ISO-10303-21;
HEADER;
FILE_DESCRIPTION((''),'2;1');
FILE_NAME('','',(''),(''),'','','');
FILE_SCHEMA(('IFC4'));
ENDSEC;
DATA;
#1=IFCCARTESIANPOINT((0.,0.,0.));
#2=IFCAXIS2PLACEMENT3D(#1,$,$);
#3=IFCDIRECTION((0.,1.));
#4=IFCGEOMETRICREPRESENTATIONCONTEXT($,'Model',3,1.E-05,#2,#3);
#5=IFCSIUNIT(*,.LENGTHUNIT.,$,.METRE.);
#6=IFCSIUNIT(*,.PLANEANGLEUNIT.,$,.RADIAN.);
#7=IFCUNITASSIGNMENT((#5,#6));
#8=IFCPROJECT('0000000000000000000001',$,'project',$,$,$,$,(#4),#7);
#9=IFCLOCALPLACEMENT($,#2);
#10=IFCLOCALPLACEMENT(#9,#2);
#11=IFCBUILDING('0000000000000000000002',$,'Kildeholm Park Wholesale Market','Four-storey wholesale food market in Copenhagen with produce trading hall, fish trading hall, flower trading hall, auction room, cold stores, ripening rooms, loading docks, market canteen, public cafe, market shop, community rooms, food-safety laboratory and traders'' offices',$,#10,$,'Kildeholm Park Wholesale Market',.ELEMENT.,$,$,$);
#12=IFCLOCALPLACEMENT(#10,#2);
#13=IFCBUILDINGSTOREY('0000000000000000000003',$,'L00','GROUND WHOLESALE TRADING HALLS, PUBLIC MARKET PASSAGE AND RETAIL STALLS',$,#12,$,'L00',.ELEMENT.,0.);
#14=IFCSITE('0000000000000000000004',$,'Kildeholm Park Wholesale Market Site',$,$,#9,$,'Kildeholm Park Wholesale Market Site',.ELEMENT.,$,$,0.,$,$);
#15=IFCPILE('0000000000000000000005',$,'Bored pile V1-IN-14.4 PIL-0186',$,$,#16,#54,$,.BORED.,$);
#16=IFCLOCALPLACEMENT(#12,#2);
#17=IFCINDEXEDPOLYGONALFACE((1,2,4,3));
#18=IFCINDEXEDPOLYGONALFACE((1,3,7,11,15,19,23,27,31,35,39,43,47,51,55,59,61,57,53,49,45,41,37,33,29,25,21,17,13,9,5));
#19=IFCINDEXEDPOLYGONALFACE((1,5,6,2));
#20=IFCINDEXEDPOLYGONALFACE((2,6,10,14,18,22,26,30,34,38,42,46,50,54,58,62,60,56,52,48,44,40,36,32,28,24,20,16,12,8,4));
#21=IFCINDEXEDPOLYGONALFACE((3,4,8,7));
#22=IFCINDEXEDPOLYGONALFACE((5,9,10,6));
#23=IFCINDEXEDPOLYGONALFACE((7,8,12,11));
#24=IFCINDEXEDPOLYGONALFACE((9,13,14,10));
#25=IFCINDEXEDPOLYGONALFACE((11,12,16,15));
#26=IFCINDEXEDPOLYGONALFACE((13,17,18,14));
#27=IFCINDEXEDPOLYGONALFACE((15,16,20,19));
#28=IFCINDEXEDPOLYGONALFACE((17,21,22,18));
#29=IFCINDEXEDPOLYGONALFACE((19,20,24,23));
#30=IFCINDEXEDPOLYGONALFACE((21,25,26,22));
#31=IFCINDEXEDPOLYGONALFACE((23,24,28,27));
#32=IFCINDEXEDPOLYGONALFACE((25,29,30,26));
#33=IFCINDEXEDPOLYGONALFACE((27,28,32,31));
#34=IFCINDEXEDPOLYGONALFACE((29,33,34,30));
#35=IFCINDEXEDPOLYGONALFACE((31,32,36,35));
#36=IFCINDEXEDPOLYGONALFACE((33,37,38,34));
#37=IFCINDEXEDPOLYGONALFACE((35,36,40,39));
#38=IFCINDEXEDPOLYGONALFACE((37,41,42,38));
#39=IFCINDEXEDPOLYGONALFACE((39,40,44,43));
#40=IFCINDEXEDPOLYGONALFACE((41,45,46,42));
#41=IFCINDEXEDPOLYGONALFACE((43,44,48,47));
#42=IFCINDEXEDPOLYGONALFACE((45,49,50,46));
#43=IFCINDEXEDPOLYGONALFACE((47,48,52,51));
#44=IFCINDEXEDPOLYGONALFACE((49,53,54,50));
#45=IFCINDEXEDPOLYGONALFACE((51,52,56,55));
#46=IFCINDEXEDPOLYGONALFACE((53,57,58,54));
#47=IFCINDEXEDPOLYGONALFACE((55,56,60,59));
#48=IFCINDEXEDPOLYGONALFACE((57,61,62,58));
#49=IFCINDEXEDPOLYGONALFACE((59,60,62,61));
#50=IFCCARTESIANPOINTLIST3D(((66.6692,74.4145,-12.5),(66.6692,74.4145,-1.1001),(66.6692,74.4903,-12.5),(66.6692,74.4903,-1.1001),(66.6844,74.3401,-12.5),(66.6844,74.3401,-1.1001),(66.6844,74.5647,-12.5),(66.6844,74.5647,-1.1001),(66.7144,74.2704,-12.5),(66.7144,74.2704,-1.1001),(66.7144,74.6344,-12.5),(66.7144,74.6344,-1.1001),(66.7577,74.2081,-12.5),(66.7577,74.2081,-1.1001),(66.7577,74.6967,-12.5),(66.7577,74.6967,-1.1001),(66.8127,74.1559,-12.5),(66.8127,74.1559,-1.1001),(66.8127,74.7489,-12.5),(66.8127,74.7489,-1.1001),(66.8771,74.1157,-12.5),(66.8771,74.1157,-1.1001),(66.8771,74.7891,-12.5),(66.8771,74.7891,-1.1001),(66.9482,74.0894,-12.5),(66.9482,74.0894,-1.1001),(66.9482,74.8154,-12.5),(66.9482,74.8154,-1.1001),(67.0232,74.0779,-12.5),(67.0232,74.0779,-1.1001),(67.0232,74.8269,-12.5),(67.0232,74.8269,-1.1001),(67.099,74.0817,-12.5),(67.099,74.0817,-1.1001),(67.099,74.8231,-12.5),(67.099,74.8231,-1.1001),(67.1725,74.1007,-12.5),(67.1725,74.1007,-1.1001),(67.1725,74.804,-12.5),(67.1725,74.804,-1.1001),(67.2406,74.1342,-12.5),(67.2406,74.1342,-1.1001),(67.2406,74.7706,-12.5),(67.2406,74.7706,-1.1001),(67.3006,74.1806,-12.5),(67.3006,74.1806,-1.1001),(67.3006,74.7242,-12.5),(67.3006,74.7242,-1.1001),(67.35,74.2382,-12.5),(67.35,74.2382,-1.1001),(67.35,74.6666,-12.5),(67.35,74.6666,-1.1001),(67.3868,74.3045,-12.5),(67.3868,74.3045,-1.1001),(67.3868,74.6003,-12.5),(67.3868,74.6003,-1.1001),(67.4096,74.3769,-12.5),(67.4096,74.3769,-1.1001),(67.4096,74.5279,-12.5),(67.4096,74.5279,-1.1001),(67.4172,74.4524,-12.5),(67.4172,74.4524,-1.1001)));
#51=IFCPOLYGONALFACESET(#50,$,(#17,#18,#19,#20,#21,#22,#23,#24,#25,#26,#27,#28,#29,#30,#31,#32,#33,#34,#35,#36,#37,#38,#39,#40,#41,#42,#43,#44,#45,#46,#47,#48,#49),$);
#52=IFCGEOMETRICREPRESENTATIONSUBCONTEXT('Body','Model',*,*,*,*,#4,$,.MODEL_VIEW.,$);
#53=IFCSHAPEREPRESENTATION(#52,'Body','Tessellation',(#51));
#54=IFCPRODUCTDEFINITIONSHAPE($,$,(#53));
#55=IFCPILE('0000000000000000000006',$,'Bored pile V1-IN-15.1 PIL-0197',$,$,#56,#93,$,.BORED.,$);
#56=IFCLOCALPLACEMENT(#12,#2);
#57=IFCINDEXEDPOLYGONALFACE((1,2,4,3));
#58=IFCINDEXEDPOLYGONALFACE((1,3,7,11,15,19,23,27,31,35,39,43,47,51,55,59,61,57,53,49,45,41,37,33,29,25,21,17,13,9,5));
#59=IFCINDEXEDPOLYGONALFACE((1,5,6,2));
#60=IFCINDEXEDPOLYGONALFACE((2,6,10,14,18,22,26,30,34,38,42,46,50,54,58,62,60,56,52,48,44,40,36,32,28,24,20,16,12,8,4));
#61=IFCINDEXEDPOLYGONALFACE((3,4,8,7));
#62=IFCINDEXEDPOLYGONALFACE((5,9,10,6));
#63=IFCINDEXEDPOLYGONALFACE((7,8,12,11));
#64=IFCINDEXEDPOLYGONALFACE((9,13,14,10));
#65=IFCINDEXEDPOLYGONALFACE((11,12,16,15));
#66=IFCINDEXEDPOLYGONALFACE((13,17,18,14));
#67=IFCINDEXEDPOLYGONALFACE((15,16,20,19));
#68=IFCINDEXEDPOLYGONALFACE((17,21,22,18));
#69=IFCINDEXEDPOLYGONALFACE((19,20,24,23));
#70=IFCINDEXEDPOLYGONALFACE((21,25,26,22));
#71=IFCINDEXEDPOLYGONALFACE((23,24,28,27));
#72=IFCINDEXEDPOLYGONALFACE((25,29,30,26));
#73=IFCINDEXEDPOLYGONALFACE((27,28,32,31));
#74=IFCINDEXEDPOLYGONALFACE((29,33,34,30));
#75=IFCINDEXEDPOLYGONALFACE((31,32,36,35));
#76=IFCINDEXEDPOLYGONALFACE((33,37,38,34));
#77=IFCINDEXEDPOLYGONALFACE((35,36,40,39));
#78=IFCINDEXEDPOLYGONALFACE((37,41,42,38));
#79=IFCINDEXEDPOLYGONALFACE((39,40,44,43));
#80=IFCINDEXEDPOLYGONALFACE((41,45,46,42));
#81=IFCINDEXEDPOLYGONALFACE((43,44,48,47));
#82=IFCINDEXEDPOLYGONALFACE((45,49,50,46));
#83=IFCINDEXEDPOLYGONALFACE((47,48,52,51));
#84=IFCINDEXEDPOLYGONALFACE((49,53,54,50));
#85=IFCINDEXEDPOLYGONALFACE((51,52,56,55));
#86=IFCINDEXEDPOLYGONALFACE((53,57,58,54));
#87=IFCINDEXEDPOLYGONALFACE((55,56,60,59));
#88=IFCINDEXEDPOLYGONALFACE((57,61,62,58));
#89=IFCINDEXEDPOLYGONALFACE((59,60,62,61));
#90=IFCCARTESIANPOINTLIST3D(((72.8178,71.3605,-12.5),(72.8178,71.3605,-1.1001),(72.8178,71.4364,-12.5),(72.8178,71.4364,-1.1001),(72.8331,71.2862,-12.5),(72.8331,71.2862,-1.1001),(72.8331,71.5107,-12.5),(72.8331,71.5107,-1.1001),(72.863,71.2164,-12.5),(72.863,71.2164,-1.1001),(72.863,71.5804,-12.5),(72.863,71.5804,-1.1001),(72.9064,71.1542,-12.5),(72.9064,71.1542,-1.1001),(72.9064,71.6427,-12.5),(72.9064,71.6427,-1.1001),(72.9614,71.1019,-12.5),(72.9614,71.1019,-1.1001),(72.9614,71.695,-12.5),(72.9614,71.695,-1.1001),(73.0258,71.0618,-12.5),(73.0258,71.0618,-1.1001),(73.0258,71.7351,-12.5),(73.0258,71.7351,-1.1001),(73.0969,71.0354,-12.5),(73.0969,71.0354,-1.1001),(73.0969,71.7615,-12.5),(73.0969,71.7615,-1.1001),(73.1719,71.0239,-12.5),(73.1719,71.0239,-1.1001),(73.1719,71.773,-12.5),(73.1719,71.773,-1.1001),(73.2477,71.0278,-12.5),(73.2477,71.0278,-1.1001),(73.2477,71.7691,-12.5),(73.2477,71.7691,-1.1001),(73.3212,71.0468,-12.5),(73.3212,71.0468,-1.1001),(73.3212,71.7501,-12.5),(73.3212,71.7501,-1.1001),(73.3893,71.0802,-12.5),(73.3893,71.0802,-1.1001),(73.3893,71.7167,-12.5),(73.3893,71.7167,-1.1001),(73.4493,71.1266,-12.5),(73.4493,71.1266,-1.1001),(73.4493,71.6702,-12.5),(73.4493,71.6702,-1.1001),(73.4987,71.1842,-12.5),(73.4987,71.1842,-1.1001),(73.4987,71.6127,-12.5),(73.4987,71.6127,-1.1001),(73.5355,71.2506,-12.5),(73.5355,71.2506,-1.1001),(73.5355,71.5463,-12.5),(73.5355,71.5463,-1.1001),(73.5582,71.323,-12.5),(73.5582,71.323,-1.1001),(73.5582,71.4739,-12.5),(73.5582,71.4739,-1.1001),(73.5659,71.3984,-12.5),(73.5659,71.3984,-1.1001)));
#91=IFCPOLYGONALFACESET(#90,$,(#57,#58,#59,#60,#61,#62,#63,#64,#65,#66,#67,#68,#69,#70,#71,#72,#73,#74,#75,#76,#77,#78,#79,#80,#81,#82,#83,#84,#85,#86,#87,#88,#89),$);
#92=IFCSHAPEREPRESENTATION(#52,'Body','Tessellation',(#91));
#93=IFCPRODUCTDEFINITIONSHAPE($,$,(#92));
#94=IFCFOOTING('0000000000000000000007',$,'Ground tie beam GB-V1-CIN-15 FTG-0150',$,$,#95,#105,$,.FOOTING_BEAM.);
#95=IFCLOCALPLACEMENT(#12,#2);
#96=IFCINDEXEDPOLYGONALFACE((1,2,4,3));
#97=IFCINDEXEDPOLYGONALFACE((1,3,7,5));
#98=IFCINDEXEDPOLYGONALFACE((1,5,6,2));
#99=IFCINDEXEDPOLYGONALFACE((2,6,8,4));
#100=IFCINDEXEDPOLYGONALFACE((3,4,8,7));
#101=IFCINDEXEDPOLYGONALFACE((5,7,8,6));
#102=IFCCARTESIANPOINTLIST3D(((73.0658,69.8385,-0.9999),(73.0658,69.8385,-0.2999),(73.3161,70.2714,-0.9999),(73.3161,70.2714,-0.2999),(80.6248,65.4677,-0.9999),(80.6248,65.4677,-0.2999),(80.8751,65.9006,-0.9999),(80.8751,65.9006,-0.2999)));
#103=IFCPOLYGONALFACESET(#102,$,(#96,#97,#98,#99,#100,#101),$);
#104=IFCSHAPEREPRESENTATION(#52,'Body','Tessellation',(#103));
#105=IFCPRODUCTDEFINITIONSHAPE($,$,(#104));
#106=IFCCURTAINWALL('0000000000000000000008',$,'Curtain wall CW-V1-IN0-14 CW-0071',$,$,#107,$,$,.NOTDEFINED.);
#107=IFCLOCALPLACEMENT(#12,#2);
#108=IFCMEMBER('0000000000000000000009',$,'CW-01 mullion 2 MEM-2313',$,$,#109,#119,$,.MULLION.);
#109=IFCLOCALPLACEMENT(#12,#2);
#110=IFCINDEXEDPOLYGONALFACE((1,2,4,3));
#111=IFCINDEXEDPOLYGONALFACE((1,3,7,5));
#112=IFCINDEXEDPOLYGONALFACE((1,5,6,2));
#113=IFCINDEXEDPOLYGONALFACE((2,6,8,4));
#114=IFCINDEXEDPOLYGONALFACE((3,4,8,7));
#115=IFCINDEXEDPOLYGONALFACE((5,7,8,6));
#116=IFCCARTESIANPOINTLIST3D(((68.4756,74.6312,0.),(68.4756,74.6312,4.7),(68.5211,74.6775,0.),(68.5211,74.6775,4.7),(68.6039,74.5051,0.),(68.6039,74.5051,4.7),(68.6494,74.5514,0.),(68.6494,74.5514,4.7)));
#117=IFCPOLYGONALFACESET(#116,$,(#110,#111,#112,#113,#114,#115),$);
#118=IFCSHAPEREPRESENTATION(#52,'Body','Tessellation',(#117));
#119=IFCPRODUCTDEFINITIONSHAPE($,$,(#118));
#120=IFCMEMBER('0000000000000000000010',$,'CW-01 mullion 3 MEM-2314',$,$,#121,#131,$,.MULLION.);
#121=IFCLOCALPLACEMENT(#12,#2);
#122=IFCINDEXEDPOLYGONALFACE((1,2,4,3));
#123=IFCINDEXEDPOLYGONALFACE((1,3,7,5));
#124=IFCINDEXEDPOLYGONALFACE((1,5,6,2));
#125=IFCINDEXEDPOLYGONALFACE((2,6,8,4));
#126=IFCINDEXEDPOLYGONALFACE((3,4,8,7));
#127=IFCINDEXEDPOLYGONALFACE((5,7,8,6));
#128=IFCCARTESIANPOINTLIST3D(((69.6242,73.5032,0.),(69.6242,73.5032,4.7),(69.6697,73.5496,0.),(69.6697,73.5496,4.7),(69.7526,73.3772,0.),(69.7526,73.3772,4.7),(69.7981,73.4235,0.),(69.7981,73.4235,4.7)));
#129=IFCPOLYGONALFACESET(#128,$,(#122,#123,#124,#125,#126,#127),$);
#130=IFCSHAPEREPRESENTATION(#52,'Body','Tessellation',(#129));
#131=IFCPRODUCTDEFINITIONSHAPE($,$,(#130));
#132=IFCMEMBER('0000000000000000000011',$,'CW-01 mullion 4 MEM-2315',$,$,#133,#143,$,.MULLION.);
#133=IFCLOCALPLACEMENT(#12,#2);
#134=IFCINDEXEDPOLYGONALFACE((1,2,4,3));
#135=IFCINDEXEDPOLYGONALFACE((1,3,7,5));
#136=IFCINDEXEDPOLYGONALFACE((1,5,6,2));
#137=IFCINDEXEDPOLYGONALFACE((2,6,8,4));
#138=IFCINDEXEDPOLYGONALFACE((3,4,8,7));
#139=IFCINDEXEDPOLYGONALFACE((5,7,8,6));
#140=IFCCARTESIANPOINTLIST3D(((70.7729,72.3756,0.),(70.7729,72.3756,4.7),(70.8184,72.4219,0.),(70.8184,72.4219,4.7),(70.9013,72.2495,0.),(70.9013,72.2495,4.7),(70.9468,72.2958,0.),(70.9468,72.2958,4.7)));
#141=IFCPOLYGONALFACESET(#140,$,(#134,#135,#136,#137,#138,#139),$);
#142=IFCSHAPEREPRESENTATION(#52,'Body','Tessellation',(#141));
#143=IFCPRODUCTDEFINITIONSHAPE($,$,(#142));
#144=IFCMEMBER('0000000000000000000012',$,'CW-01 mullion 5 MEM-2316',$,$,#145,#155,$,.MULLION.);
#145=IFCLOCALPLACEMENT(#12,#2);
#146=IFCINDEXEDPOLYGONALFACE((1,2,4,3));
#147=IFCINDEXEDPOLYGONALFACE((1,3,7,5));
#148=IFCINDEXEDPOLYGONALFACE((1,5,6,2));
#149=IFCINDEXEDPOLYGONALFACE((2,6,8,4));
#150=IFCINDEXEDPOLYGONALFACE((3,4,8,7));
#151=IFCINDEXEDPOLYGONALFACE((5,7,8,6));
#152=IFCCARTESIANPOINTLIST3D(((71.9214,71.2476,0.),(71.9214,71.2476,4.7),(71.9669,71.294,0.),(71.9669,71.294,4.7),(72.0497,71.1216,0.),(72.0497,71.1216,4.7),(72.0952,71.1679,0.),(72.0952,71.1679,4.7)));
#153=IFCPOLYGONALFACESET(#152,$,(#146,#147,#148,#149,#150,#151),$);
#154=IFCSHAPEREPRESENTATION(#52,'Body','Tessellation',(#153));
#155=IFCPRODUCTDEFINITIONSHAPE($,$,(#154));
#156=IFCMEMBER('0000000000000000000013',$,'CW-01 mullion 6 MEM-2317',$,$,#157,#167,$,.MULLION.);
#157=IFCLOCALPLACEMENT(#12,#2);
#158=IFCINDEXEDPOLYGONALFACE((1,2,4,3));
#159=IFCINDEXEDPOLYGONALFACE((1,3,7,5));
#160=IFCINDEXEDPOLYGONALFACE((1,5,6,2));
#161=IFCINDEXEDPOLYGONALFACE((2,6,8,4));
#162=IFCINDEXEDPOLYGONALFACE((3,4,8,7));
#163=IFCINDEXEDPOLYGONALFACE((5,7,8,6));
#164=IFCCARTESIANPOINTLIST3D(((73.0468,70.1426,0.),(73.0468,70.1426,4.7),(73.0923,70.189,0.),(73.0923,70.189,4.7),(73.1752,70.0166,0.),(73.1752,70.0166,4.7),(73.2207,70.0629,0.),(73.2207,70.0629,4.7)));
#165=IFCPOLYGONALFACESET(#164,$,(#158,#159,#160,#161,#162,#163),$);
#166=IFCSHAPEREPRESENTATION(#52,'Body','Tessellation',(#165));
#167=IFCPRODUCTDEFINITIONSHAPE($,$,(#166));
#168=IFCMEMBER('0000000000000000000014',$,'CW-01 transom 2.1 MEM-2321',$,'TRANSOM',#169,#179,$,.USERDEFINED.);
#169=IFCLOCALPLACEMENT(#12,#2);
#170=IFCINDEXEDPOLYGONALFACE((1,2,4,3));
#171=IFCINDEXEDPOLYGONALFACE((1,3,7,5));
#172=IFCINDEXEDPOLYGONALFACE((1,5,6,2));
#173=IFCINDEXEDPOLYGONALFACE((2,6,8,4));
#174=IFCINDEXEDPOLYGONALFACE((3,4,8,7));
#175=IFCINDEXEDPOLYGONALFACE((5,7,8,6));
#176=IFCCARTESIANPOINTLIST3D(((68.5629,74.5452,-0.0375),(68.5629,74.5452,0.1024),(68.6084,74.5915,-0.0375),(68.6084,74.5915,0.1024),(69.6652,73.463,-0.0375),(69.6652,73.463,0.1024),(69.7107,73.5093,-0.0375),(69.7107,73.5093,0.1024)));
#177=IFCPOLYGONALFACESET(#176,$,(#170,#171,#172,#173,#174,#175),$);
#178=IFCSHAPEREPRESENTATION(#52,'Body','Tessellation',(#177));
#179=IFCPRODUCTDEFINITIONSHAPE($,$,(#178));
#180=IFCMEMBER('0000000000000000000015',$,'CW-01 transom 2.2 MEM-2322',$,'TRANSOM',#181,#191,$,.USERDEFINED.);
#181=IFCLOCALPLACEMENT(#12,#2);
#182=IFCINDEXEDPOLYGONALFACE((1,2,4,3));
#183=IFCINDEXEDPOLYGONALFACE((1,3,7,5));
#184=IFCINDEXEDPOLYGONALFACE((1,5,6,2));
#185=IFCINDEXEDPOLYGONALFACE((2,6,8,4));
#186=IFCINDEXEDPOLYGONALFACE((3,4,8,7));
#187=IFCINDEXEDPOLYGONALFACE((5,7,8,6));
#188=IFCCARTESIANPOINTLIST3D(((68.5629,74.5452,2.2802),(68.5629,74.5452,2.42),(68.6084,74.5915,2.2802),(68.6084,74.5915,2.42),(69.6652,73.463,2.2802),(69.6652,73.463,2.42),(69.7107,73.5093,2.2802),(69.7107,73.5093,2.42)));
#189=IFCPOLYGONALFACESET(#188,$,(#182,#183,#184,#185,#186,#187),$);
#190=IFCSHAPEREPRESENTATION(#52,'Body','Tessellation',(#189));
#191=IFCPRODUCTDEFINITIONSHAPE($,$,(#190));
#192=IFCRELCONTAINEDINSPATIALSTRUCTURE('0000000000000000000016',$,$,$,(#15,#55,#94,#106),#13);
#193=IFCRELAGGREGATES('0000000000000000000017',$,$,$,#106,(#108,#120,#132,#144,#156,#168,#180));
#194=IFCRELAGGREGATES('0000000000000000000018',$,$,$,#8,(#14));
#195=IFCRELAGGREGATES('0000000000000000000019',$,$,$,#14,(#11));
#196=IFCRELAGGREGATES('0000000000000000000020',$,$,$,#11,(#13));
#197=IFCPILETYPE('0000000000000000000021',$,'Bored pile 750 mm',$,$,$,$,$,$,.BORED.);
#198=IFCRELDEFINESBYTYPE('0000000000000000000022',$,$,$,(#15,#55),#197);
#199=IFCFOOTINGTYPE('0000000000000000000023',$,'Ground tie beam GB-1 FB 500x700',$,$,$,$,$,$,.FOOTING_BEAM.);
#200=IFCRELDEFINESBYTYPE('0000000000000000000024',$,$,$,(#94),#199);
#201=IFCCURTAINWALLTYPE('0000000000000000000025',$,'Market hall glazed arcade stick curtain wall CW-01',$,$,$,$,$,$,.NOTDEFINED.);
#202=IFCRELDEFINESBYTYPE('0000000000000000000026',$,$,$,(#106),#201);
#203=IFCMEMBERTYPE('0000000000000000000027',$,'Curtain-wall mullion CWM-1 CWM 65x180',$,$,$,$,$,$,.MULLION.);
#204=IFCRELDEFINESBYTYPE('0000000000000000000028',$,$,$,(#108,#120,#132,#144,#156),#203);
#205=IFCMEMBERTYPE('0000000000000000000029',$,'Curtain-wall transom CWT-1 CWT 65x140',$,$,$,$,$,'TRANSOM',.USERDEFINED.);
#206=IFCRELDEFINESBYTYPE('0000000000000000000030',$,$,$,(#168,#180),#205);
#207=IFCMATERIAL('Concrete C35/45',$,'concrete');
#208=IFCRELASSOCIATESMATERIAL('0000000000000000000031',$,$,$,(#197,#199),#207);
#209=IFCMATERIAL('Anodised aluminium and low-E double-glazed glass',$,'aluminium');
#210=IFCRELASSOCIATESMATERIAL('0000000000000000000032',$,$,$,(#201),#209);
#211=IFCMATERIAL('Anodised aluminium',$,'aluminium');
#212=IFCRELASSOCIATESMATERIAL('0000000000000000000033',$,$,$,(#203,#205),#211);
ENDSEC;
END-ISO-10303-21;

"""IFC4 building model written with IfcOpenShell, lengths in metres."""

from ifc_helpers import new_model, si_unit, direction, frame, origin, origin_2d, place, context, subcontext, project, spatial, rectangle, circle, extrude, material, material_profile, profile_set, type_object, element, aggregate, save


model = new_model("IFC4")

# Units and contexts
model_context = context("Model", 3, precision=1e-05, world=origin(), true_north=direction((0.0, 1.0)))
body_context = subcontext(model_context, "Body", "Model", "MODEL_VIEW")
ifc_project = project(units=[si_unit("LENGTHUNIT", "METRE"), si_unit("PLANEANGLEUNIT", "RADIAN")], contexts=[model_context])

# Site, building, storey
site_placement = place(None, origin())
site = spatial("IfcSite", under=ifc_project, at=site_placement, Name="Kildeholm Park Wholesale Market Site", LongName="Kildeholm Park Wholesale Market Site", CompositionType="ELEMENT", RefElevation=0.0)
building_placement = place(site_placement, origin())
building = spatial("IfcBuilding", under=site, at=building_placement, Name="Kildeholm Park Wholesale Market", Description="Four-storey wholesale food market in Copenhagen with produce trading hall, fish trading hall, flower trading hall, auction room, cold stores, ripening rooms, loading docks, market canteen, public cafe, market shop, community rooms, food-safety laboratory and traders' offices", LongName="Kildeholm Park Wholesale Market", CompositionType="ELEMENT")
storey_placement = place(building_placement, origin())
storey = spatial("IfcBuildingStorey", under=building, at=storey_placement, Name="L00", Description="GROUND WHOLESALE TRADING HALLS, PUBLIC MARKET PASSAGE AND RETAIL STALLS", LongName="L00", CompositionType="ELEMENT", Elevation=0.0)

# Piles
ifc_material_1 = material(Name="Concrete C35/45", Category="concrete")
ifc_material_profile_1 = material_profile(ifc_material_1, circle(Radius=0.375, at=origin_2d()), Name="PILE D750")
ifc_profile_set_1 = profile_set([ifc_material_profile_1], Name="Concrete C35/45")
pile_type = type_object("IfcPileType", Name="Bored pile 750 mm", PredefinedType="BORED", material=ifc_profile_set_1)
for number, where, z_axis, x_axis, name in (
    (1, (67.0422, 74.4524, -1.1001), (0.0, 0.0, -1.0), (1.0, 0.0, 0.0), "Bored pile V1-IN-14.4 PIL-0186"),
    (2, (73.1909, 71.3984, -1.1001), (0.0, 0.0, -1.0), (1.0, 0.0, 0.0), "Bored pile V1-IN-15.1 PIL-0197"),
):
    element("IfcPile", number, at=place(storey_placement, frame(where, z_axis=z_axis, x_axis=x_axis)), inside=storey, type_object=pile_type, Name=name, PredefinedType="BORED", context=body_context, shape_type="SweptSolid", body=[
        extrude(circle(Radius=0.375, at=origin_2d()), origin(), (0.0, 0.0, 1.0), 11.3999),
    ])

# Footing
ifc_material_profile_2 = material_profile(ifc_material_1, rectangle(XDim=0.5, YDim=0.7, at=origin_2d()), Name="FB 500x700")
ifc_profile_set_2 = profile_set([ifc_material_profile_2], Name="Concrete C35/45")
footing_type = type_object("IfcFootingType", Name="Ground tie beam GB-1 FB 500x700", PredefinedType="FOOTING_BEAM", material=ifc_profile_set_2)
footing_placement = place(storey_placement, frame((73.1909, 70.0549, -0.6499), z_axis=(0.865697, -0.500568, 0.0), x_axis=(0.500568, 0.865697, 0.0)))
element("IfcFooting", 3, at=footing_placement, inside=storey, type_object=footing_type, Name="Ground tie beam GB-V1-CIN-15 FTG-0150", PredefinedType="FOOTING_BEAM", context=body_context, shape_type="SweptSolid", body=[
    extrude(rectangle(XDim=0.5, YDim=0.7, at=origin_2d()), origin(), (0.0, 0.0, 1.0), 8.7317),
])

# Curtain wall, members
ifc_material_2 = material(Name="Anodised aluminium and low-E double-glazed glass", Category="aluminium")
curtain_wall_type = type_object("IfcCurtainWallType", Name="Market hall glazed arcade stick curtain wall CW-01", PredefinedType="NOTDEFINED", material=ifc_material_2)
curtain_wall_placement = place(storey_placement, origin())
curtain_wall = element("IfcCurtainWall", 4, at=curtain_wall_placement, inside=storey, type_object=curtain_wall_type, Name="Curtain wall CW-V1-IN0-14 CW-0071", PredefinedType="NOTDEFINED")
ifc_material_3 = material(Name="Anodised aluminium", Category="aluminium")
ifc_material_profile_3 = material_profile(ifc_material_3, rectangle(XDim=0.0649, YDim=0.1799, at=origin_2d()), Name="CWM 65x180")
ifc_profile_set_3 = profile_set([ifc_material_profile_3], Name="Anodised aluminium")
member_type_1 = type_object("IfcMemberType", Name="Curtain-wall mullion CWM-1 CWM 65x180", PredefinedType="MULLION", material=ifc_profile_set_3)
member_1_placement = place(storey_placement, frame((68.5625, 74.5913, 0.0), z_axis=(0.0, 0.0, 1.0), x_axis=(0.700617, 0.713538, 0.0)))
member_1 = element("IfcMember", 5, at=member_1_placement, type_object=member_type_1, Name="CW-01 mullion 2 MEM-2313", PredefinedType="MULLION", context=body_context, shape_type="SweptSolid", body=[
    extrude(rectangle(XDim=0.0649, YDim=0.1799, at=origin_2d()), origin(), (0.0, 0.0, 1.0), 4.7),
])
member_2_placement = place(storey_placement, frame((69.7112, 73.4634, 0.0), z_axis=(0.0, 0.0, 1.0), x_axis=(0.700617, 0.713538, 0.0)))
member_2 = element("IfcMember", 6, at=member_2_placement, type_object=member_type_1, Name="CW-01 mullion 3 MEM-2314", PredefinedType="MULLION", context=body_context, shape_type="SweptSolid", body=[
    extrude(rectangle(XDim=0.0649, YDim=0.1799, at=origin_2d()), origin(), (0.0, 0.0, 1.0), 4.7),
])
member_3_placement = place(storey_placement, frame((70.8599, 72.3357, 0.0), z_axis=(0.0, 0.0, 1.0), x_axis=(0.700617, 0.713538, 0.0)))
member_3 = element("IfcMember", 7, at=member_3_placement, type_object=member_type_1, Name="CW-01 mullion 4 MEM-2315", PredefinedType="MULLION", context=body_context, shape_type="SweptSolid", body=[
    extrude(rectangle(XDim=0.0649, YDim=0.1799, at=origin_2d()), origin(), (0.0, 0.0, 1.0), 4.7),
])
member_4_placement = place(storey_placement, frame((72.0083, 71.2078, 0.0), z_axis=(0.0, 0.0, 1.0), x_axis=(0.700617, 0.713538, 0.0)))
member_4 = element("IfcMember", 8, at=member_4_placement, type_object=member_type_1, Name="CW-01 mullion 5 MEM-2316", PredefinedType="MULLION", context=body_context, shape_type="SweptSolid", body=[
    extrude(rectangle(XDim=0.0649, YDim=0.1799, at=origin_2d()), origin(), (0.0, 0.0, 1.0), 4.7),
])
member_5_placement = place(storey_placement, frame((73.1338, 70.1028, 0.0), z_axis=(0.0, 0.0, 1.0), x_axis=(0.700617, 0.713538, 0.0)))
member_5 = element("IfcMember", 9, at=member_5_placement, type_object=member_type_1, Name="CW-01 mullion 6 MEM-2317", PredefinedType="MULLION", context=body_context, shape_type="SweptSolid", body=[
    extrude(rectangle(XDim=0.0649, YDim=0.1799, at=origin_2d()), origin(), (0.0, 0.0, 1.0), 4.7),
])
ifc_material_profile_4 = material_profile(ifc_material_3, rectangle(XDim=0.0649, YDim=0.1399, at=origin_2d()), Name="CWT 65x140")
ifc_profile_set_4 = profile_set([ifc_material_profile_4], Name="Anodised aluminium")
member_type_2 = type_object("IfcMemberType", Name="Curtain-wall transom CWT-1 CWT 65x140", ElementType="TRANSOM", PredefinedType="USERDEFINED", material=ifc_profile_set_4)
member_6_placement = place(storey_placement, frame((68.5857, 74.5684, 0.0325), z_axis=(0.713557, -0.700597, 0.0), x_axis=(0.700597, 0.713557, 0.0)))
member_6 = element("IfcMember", 10, at=member_6_placement, type_object=member_type_2, Name="CW-01 transom 2.1 MEM-2321", ObjectType="TRANSOM", PredefinedType="USERDEFINED", context=body_context, shape_type="SweptSolid", body=[
    extrude(rectangle(XDim=0.0649, YDim=0.1399, at=origin_2d()), origin(), (0.0, 0.0, 1.0), 1.5447),
])
member_7_placement = place(storey_placement, frame((68.5857, 74.5684, 2.3501), z_axis=(0.713557, -0.700597, 0.0), x_axis=(0.700597, 0.713557, 0.0)))
member_7 = element("IfcMember", 11, at=member_7_placement, type_object=member_type_2, Name="CW-01 transom 2.2 MEM-2322", ObjectType="TRANSOM", PredefinedType="USERDEFINED", context=body_context, shape_type="SweptSolid", body=[
    extrude(rectangle(XDim=0.0649, YDim=0.1399, at=origin_2d()), origin(), (0.0, 0.0, 1.0), 1.5447),
])
aggregate(curtain_wall, [member_1, member_2, member_3, member_4, member_5, member_6, member_7])

save(model, "model.ifc")
